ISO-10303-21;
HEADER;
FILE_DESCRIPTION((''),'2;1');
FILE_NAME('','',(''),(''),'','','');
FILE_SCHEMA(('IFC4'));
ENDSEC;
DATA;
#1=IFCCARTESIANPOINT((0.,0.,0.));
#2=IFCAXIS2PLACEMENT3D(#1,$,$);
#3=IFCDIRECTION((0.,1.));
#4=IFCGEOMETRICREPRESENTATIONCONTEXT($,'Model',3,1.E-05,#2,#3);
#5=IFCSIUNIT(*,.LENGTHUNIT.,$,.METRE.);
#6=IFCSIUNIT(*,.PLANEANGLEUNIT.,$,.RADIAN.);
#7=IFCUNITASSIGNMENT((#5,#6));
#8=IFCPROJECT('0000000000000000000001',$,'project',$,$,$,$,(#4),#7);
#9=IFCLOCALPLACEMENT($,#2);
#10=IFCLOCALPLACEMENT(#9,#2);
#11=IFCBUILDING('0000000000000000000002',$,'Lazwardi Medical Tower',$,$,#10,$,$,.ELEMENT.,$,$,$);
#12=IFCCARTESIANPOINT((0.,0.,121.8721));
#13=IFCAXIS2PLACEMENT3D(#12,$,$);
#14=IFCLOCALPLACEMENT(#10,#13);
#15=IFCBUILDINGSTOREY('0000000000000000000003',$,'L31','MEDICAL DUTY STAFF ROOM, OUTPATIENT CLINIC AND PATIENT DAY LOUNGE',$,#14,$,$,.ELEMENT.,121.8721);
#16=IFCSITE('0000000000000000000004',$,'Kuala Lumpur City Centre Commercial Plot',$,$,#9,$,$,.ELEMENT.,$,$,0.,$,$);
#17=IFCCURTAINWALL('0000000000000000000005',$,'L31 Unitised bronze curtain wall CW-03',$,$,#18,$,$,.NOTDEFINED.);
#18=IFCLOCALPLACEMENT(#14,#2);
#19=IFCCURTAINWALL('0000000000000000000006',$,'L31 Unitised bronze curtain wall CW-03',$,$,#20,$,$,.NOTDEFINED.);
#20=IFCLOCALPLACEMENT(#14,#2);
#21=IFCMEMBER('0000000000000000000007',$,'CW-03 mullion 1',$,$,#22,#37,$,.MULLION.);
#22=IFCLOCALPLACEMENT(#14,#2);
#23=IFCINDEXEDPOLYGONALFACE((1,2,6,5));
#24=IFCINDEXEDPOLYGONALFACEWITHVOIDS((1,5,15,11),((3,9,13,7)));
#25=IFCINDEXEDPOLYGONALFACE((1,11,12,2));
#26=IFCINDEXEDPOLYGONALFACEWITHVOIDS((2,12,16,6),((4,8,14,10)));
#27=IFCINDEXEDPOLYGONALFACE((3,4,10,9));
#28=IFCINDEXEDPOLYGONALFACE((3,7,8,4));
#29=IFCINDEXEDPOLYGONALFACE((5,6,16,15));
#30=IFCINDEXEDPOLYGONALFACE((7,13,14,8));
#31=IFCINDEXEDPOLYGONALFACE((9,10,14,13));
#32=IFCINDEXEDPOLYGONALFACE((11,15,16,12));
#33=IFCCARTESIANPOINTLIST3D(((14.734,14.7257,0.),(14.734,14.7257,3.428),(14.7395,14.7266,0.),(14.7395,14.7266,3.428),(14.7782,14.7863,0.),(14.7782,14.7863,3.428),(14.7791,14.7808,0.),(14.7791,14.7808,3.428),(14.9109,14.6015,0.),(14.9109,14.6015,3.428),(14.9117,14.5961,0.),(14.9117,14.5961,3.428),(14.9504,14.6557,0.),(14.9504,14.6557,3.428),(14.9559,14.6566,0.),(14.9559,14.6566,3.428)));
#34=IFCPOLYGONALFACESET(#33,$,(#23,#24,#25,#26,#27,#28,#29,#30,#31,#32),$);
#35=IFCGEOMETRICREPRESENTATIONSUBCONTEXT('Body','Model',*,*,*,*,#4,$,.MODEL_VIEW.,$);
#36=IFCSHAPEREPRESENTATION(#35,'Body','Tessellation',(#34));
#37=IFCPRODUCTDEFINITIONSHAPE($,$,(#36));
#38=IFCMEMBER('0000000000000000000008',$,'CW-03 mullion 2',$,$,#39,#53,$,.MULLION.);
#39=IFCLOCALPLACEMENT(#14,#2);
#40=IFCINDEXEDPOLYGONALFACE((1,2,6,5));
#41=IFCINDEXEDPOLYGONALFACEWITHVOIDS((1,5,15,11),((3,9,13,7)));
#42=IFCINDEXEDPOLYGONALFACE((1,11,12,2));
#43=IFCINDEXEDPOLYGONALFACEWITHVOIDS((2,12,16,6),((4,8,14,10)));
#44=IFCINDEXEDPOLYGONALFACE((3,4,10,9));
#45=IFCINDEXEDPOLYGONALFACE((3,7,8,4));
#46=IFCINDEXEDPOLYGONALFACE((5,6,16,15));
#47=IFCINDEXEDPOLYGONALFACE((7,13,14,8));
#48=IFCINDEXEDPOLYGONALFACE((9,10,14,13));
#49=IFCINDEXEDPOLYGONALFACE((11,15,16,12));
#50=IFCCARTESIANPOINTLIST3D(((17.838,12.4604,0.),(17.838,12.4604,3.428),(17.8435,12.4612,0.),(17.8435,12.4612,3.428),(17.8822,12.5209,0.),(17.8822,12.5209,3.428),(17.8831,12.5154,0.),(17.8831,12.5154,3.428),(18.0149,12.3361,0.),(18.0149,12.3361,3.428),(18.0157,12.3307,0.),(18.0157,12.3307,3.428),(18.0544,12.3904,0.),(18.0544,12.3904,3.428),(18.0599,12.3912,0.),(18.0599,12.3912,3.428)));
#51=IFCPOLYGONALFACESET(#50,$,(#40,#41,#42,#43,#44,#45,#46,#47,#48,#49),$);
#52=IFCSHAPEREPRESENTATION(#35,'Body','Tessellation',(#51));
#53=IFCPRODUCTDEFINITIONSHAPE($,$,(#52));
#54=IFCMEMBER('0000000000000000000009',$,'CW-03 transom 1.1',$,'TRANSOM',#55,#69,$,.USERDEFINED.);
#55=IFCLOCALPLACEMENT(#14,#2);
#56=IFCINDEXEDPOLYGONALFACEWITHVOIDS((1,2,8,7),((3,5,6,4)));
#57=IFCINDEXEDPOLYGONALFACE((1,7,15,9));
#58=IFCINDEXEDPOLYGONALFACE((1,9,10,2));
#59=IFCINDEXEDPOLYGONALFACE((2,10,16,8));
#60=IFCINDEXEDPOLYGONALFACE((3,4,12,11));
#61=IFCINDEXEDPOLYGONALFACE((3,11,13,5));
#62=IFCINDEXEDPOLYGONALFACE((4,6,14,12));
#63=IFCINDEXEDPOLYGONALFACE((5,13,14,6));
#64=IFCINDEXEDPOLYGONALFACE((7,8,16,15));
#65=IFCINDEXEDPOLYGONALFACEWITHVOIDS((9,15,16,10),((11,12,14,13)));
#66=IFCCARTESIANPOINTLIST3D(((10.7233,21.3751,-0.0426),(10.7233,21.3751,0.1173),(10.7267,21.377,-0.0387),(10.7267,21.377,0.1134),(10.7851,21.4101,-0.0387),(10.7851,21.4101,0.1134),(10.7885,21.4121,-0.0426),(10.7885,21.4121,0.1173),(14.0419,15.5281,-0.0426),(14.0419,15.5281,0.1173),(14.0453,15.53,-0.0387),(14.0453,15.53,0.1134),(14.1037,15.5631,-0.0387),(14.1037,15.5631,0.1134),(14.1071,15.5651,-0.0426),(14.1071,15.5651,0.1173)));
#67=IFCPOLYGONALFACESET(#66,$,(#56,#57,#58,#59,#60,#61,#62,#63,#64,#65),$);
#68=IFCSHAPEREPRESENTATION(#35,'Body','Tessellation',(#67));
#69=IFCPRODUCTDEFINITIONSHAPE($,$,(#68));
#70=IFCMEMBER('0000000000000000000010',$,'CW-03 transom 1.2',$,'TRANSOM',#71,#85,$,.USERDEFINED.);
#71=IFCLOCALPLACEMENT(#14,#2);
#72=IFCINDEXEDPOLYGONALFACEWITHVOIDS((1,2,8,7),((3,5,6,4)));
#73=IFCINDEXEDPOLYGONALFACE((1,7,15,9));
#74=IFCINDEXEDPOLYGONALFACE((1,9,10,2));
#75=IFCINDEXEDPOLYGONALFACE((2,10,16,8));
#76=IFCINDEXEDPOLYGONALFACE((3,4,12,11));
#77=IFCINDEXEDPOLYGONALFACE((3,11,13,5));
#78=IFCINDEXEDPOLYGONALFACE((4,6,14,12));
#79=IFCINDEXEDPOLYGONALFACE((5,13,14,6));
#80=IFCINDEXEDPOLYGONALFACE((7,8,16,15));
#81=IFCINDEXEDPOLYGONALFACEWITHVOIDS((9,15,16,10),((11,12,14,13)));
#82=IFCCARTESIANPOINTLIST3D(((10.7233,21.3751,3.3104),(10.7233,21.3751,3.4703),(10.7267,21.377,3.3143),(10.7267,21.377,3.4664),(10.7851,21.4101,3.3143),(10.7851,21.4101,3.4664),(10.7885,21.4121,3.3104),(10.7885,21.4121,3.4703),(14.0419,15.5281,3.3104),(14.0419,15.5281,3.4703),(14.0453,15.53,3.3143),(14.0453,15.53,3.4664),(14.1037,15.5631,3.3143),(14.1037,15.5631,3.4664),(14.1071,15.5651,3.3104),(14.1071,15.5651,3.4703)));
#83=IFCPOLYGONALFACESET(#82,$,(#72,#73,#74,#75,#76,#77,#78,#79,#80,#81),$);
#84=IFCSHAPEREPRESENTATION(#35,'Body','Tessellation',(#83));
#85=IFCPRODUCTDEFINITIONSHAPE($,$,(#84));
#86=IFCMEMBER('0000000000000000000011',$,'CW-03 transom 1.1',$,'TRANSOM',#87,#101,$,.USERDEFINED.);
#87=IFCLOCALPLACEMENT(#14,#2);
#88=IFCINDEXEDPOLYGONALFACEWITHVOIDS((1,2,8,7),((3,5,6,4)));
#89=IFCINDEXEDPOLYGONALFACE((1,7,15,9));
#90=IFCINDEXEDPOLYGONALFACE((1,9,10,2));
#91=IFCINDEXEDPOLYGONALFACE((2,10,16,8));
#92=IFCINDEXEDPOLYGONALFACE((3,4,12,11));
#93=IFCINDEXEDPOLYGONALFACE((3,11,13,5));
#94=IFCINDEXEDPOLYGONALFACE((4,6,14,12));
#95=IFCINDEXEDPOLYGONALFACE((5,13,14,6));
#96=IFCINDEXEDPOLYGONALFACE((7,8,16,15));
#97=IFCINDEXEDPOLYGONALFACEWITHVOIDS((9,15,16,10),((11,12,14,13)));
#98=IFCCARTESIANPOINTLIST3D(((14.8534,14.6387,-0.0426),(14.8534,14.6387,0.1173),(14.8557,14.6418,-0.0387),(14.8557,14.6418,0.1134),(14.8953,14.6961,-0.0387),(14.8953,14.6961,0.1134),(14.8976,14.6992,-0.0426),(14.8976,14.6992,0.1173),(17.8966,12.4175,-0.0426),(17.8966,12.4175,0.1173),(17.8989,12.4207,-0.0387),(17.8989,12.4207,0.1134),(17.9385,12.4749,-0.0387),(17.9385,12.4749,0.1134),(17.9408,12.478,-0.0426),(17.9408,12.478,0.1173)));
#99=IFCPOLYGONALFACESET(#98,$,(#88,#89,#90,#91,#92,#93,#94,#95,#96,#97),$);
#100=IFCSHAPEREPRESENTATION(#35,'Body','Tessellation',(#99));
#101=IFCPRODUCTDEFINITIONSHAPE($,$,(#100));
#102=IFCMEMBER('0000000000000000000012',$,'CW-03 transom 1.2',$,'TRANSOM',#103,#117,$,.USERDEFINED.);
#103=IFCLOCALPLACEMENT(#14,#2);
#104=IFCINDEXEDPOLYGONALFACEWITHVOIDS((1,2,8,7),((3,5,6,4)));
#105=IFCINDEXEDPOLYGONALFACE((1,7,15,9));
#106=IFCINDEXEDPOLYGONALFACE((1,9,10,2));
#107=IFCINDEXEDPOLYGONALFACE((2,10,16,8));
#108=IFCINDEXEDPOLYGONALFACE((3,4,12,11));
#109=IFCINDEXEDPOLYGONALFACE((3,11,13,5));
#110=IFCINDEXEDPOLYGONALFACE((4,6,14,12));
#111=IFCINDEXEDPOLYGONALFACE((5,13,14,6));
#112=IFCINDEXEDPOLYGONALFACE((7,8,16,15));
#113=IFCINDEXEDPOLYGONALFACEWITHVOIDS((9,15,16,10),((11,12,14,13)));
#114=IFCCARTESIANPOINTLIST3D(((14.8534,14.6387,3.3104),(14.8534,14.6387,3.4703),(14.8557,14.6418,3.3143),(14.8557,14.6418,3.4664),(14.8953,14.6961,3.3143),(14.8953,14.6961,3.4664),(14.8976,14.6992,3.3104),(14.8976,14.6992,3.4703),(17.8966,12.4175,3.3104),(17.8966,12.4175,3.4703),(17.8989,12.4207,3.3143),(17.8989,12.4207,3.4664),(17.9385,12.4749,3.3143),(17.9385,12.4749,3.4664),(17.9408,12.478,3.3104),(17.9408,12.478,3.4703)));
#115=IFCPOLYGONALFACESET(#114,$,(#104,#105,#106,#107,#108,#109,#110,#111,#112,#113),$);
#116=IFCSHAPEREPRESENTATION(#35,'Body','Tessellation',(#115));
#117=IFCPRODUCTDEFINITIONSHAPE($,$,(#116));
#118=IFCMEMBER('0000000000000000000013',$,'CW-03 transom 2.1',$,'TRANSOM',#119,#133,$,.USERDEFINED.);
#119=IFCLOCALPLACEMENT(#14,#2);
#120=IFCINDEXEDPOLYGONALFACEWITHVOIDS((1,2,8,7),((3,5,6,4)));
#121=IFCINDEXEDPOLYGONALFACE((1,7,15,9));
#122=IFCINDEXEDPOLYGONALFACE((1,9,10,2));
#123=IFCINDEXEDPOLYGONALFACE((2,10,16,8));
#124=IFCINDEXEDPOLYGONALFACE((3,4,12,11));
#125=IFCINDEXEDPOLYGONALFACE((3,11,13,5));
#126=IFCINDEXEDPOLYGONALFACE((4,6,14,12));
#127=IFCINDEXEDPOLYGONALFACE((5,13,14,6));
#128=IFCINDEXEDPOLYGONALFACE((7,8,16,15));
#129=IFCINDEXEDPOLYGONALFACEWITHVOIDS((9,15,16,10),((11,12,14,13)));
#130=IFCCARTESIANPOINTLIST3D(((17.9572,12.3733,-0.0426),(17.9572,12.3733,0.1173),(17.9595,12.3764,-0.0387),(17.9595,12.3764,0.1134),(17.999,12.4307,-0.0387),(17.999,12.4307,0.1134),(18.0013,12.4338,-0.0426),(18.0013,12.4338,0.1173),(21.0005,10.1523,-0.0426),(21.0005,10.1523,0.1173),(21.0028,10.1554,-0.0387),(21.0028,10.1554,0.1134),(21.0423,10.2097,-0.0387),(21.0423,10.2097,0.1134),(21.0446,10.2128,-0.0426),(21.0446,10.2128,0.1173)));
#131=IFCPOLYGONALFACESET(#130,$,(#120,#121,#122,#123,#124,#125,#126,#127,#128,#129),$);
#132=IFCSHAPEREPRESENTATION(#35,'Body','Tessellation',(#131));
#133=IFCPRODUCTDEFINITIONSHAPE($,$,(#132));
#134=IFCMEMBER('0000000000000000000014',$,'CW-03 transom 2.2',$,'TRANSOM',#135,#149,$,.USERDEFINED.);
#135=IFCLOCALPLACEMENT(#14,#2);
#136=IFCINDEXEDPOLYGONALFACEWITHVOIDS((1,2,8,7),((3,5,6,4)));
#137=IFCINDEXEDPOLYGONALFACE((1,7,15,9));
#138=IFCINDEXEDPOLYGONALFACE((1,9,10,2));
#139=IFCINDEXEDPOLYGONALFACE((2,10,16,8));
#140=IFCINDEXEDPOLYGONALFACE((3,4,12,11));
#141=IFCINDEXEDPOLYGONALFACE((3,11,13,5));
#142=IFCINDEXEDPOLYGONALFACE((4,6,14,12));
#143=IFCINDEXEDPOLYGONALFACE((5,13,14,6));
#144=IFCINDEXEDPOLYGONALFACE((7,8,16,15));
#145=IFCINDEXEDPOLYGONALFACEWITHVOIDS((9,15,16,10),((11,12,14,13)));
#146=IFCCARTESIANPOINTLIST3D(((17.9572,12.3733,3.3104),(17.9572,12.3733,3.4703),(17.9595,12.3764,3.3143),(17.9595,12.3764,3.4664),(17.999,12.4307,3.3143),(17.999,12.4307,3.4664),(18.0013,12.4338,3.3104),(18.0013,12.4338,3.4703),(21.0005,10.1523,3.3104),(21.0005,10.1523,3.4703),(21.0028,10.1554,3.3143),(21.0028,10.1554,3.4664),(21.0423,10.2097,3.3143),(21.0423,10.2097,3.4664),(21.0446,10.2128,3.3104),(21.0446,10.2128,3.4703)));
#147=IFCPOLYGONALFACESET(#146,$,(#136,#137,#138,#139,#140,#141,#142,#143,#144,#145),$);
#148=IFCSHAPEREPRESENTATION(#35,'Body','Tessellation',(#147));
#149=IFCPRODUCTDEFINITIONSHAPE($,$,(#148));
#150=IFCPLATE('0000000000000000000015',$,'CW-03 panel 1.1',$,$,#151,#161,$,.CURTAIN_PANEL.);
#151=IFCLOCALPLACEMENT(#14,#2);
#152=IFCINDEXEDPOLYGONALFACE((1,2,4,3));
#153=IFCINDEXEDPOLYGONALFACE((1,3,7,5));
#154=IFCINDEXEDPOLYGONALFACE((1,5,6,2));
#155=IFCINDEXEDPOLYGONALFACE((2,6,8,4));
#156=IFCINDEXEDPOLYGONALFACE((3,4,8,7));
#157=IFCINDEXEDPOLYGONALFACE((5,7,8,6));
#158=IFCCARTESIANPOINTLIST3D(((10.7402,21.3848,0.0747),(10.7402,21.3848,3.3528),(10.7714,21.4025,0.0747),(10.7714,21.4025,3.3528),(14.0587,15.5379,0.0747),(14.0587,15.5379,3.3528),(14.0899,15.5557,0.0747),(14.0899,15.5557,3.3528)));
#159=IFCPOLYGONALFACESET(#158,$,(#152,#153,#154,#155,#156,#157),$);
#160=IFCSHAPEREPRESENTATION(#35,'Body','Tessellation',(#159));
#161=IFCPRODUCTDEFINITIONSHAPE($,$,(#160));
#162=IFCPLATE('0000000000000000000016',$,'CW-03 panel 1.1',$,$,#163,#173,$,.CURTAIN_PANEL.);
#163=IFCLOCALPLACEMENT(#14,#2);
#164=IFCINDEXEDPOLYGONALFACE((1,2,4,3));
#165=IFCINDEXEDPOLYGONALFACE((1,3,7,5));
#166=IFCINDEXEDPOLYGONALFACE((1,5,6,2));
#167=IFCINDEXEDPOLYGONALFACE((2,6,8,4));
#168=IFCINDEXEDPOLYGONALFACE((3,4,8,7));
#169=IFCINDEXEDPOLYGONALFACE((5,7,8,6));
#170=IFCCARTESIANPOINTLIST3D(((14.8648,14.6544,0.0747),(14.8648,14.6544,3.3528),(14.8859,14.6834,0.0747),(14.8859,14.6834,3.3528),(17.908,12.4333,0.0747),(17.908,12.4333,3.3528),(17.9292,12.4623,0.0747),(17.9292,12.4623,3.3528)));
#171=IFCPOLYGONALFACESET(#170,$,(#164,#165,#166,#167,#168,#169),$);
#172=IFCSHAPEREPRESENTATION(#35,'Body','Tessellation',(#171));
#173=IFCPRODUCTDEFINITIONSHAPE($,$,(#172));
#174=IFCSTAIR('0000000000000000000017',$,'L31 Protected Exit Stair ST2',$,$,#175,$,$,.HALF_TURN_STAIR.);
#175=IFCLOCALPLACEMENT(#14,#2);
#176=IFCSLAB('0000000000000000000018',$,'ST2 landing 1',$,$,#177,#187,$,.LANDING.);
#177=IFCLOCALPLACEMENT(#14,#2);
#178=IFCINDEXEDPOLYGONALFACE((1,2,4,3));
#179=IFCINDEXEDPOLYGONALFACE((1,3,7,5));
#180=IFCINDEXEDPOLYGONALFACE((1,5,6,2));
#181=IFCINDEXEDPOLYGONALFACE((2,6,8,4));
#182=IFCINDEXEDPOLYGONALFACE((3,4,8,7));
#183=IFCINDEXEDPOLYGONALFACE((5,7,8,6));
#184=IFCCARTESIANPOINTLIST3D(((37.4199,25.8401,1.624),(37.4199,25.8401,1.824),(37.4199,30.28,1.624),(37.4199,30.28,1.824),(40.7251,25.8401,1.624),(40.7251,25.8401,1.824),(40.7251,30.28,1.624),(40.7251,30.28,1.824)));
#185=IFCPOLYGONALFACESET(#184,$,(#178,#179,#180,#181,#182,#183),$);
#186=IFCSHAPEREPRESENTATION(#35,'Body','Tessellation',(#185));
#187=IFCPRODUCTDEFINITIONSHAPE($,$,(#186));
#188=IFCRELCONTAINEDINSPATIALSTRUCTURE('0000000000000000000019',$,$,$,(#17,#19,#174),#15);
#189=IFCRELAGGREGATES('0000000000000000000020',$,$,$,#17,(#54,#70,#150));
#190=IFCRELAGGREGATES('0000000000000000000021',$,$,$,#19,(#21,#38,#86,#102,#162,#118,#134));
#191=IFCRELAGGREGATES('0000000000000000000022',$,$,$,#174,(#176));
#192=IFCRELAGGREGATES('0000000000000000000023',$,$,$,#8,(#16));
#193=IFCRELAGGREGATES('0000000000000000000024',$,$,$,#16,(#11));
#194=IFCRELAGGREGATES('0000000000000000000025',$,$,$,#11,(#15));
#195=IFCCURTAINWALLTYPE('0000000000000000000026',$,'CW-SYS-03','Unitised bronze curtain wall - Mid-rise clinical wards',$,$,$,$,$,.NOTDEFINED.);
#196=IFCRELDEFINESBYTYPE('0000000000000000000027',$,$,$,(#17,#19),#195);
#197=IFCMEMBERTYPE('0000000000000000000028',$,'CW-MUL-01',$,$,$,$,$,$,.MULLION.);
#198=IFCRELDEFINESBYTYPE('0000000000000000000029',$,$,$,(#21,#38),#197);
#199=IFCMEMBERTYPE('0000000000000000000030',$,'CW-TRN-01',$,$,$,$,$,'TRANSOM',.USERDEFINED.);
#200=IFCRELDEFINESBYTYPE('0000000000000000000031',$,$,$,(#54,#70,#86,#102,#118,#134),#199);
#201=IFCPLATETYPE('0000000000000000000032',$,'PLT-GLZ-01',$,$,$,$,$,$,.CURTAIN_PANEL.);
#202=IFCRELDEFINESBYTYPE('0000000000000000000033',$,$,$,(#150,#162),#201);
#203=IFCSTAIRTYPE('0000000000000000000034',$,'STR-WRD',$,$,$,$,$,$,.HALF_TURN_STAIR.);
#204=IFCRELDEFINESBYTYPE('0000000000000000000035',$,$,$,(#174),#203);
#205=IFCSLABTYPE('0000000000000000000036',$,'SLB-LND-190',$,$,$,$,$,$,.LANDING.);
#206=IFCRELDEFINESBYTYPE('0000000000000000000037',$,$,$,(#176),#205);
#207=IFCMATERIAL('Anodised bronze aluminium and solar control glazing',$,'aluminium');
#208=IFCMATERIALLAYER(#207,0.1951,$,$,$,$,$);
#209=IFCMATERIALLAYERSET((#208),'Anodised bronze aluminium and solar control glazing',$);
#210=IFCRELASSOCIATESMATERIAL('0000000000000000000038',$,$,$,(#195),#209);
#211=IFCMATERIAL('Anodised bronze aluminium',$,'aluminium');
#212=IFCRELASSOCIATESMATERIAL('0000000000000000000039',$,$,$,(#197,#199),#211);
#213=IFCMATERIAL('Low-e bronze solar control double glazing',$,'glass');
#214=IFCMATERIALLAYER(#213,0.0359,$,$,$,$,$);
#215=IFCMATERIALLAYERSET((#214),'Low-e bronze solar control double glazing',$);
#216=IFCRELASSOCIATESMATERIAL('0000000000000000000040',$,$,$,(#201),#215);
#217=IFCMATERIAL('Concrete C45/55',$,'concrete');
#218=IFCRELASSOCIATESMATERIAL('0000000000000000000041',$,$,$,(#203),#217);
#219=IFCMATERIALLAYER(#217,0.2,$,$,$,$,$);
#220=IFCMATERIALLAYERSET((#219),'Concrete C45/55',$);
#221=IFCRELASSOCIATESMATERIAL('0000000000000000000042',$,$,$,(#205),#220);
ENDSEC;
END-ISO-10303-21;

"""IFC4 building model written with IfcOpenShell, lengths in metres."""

from ifc_helpers import new_model, si_unit, direction, frame, origin, origin_2d, place, context, subcontext, project, spatial, polyline, rectangle, hollow_rectangle, outline, extrude, material, layer, layer_set, material_profile, profile_set, type_object, element, aggregate, save


model = new_model("IFC4")

# Units and contexts
model_context = context("Model", 3, precision=1e-05, world=origin(), true_north=direction((0.0, 1.0)))
body_context = subcontext(model_context, "Body", "Model", "MODEL_VIEW")
ifc_project = project(units=[si_unit("LENGTHUNIT", "METRE"), si_unit("PLANEANGLEUNIT", "RADIAN")], contexts=[model_context])

# Site, building, storey
site_placement = place(None, origin())
site = spatial("IfcSite", under=ifc_project, at=site_placement, Name="Kuala Lumpur City Centre Commercial Plot", CompositionType="ELEMENT", RefElevation=0.0)
building_placement = place(site_placement, origin())
building = spatial("IfcBuilding", under=site, at=building_placement, Name="Lazwardi Medical Tower", CompositionType="ELEMENT")
storey_placement = place(building_placement, frame((0.0, 0.0, 121.8721)))
storey = spatial("IfcBuildingStorey", under=building, at=storey_placement, Name="L31", Description="MEDICAL DUTY STAFF ROOM, OUTPATIENT CLINIC AND PATIENT DAY LOUNGE", CompositionType="ELEMENT", Elevation=121.8721)

# Curtain walls, members
ifc_material_1 = material(Name="Anodised bronze aluminium and solar control glazing", Category="aluminium")
ifc_layer_1 = layer(ifc_material_1, 0.1951)
ifc_layer_set_1 = layer_set([ifc_layer_1], Name="Anodised bronze aluminium and solar control glazing")
curtain_wall_type = type_object("IfcCurtainWallType", Name="CW-SYS-03", Description="Unitised bronze curtain wall - Mid-rise clinical wards", PredefinedType="NOTDEFINED", material=ifc_layer_set_1)
curtain_wall_1_placement = place(storey_placement, origin())
curtain_wall_1 = element("IfcCurtainWall", 1, at=curtain_wall_1_placement, inside=storey, type_object=curtain_wall_type, Name="L31 Unitised bronze curtain wall CW-03", PredefinedType="NOTDEFINED")
ifc_material_2 = material(Name="Anodised bronze aluminium", Category="aluminium")
ifc_material_profile_1 = material_profile(ifc_material_2, hollow_rectangle(XDim=0.075, YDim=0.22, WallThickness=0.0039, at=origin_2d()), Name="ALU-MULLION 220x75x4")
ifc_profile_set_1 = profile_set([ifc_material_profile_1], Name="Anodised bronze aluminium")
member_type_1 = type_object("IfcMemberType", Name="CW-MUL-01", PredefinedType="MULLION", material=ifc_profile_set_1)
curtain_wall_2_placement = place(storey_placement, origin())
curtain_wall_2 = element("IfcCurtainWall", 2, at=curtain_wall_2_placement, inside=storey, type_object=curtain_wall_type, Name="L31 Unitised bronze curtain wall CW-03", PredefinedType="NOTDEFINED")
member_1_placement = place(storey_placement, frame((14.845, 14.6912, 0.0), z_axis=(0.0, 0.0, 1.0), x_axis=(0.589531, 0.807746, 0.0)))
member_1 = element("IfcMember", 3, at=member_1_placement, type_object=member_type_1, Name="CW-03 mullion 1", PredefinedType="MULLION", context=body_context, shape_type="SweptSolid", body=[
    extrude(hollow_rectangle(XDim=0.075, YDim=0.22, WallThickness=0.0039, at=origin_2d()), origin(), (0.0, 0.0, 1.0), 3.428),
])
member_2_placement = place(storey_placement, frame((17.949, 12.4258, 0.0), z_axis=(0.0, 0.0, 1.0), x_axis=(0.589531, 0.807746, 0.0)))
member_2 = element("IfcMember", 4, at=member_2_placement, type_object=member_type_1, Name="CW-03 mullion 2", PredefinedType="MULLION", context=body_context, shape_type="SweptSolid", body=[
    extrude(hollow_rectangle(XDim=0.075, YDim=0.22, WallThickness=0.0039, at=origin_2d()), origin(), (0.0, 0.0, 1.0), 3.428),
])

# Members
ifc_material_profile_2 = material_profile(ifc_material_2, hollow_rectangle(XDim=0.075, YDim=0.1599, WallThickness=0.0039, at=origin_2d()), Name="ALU-TRANSOM 160x75x4")
ifc_profile_set_2 = profile_set([ifc_material_profile_2], Name="Anodised bronze aluminium")
member_type_2 = type_object("IfcMemberType", Name="CW-TRN-01", ElementType="TRANSOM", PredefinedType="USERDEFINED", material=ifc_profile_set_2)
member_3_placement = place(storey_placement, frame((10.7559, 21.3936, 0.0374), z_axis=(0.493614, -0.869681, 0.0), x_axis=(0.869681, 0.493614, 0.0)))
member_3 = element("IfcMember", 5, at=member_3_placement, type_object=member_type_2, Name="CW-03 transom 1.1", ObjectType="TRANSOM", PredefinedType="USERDEFINED", context=body_context, shape_type="SweptSolid", body=[
    extrude(hollow_rectangle(XDim=0.075, YDim=0.1599, WallThickness=0.0039, at=origin_2d()), origin(), (0.0, 0.0, 1.0), 6.7231),
])
member_4_placement = place(storey_placement, frame((10.7559, 21.3936, 3.3904), z_axis=(0.493614, -0.869681, 0.0), x_axis=(0.869681, 0.493614, 0.0)))
member_4 = element("IfcMember", 6, at=member_4_placement, type_object=member_type_2, Name="CW-03 transom 1.2", ObjectType="TRANSOM", PredefinedType="USERDEFINED", context=body_context, shape_type="SweptSolid", body=[
    extrude(hollow_rectangle(XDim=0.075, YDim=0.1599, WallThickness=0.0039, at=origin_2d()), origin(), (0.0, 0.0, 1.0), 6.7231),
])
member_5_placement = place(storey_placement, frame((14.8755, 14.6689, 0.0374), z_axis=(0.807732, -0.58955, 0.0), x_axis=(0.58955, 0.807732, 0.0)))
member_5 = element("IfcMember", 7, at=member_5_placement, type_object=member_type_2, Name="CW-03 transom 1.1", ObjectType="TRANSOM", PredefinedType="USERDEFINED", context=body_context, shape_type="SweptSolid", body=[
    extrude(hollow_rectangle(XDim=0.075, YDim=0.1599, WallThickness=0.0039, at=origin_2d()), origin(), (0.0, 0.0, 1.0), 3.7676),
])
member_6_placement = place(storey_placement, frame((14.8755, 14.6689, 3.3904), z_axis=(0.807732, -0.58955, 0.0), x_axis=(0.58955, 0.807732, 0.0)))
member_6 = element("IfcMember", 8, at=member_6_placement, type_object=member_type_2, Name="CW-03 transom 1.2", ObjectType="TRANSOM", PredefinedType="USERDEFINED", context=body_context, shape_type="SweptSolid", body=[
    extrude(hollow_rectangle(XDim=0.075, YDim=0.1599, WallThickness=0.0039, at=origin_2d()), origin(), (0.0, 0.0, 1.0), 3.7676),
])
member_7_placement = place(storey_placement, frame((17.9792, 12.4036, 0.0374), z_axis=(0.807763, -0.589508, 0.0), x_axis=(0.589508, 0.807763, 0.0)))
member_7 = element("IfcMember", 9, at=member_7_placement, type_object=member_type_2, Name="CW-03 transom 2.1", ObjectType="TRANSOM", PredefinedType="USERDEFINED", context=body_context, shape_type="SweptSolid", body=[
    extrude(hollow_rectangle(XDim=0.075, YDim=0.1599, WallThickness=0.0039, at=origin_2d()), origin(), (0.0, 0.0, 1.0), 3.7676),
])
member_8_placement = place(storey_placement, frame((17.9792, 12.4036, 3.3904), z_axis=(0.807763, -0.589508, 0.0), x_axis=(0.589508, 0.807763, 0.0)))
member_8 = element("IfcMember", 10, at=member_8_placement, type_object=member_type_2, Name="CW-03 transom 2.2", ObjectType="TRANSOM", PredefinedType="USERDEFINED", context=body_context, shape_type="SweptSolid", body=[
    extrude(hollow_rectangle(XDim=0.075, YDim=0.1599, WallThickness=0.0039, at=origin_2d()), origin(), (0.0, 0.0, 1.0), 3.7676),
])

# Plates
ifc_material_3 = material(Name="Low-e bronze solar control double glazing", Category="glass")
ifc_layer_2 = layer(ifc_material_3, 0.0359)
ifc_layer_set_2 = layer_set([ifc_layer_2], Name="Low-e bronze solar control double glazing")
plate_type = type_object("IfcPlateType", Name="PLT-GLZ-01", PredefinedType="CURTAIN_PANEL", material=ifc_layer_set_2)
plate_1_placement = place(storey_placement, frame((12.415, 18.4702, 0.0747), z_axis=(0.0, 0.0, 1.0), x_axis=(0.493603, -0.869687, 0.0)))
plate_1 = element("IfcPlate", 11, at=plate_1_placement, type_object=plate_type, Name="CW-03 panel 1.1", PredefinedType="CURTAIN_PANEL", context=body_context, shape_type="SweptSolid", body=[
    extrude(rectangle(XDim=6.7229, YDim=0.0359, at=origin_2d()), origin(), (0.0, 0.0, 1.0), 3.2781),
])
aggregate(curtain_wall_1, [member_3, member_4, plate_1])
plate_2_placement = place(storey_placement, frame((16.397, 13.5583, 0.0747), z_axis=(0.0, 0.0, 1.0), x_axis=(0.807746, -0.589531, 0.0)))
plate_2 = element("IfcPlate", 12, at=plate_2_placement, type_object=plate_type, Name="CW-03 panel 1.1", PredefinedType="CURTAIN_PANEL", context=body_context, shape_type="SweptSolid", body=[
    extrude(rectangle(XDim=3.7676, YDim=0.0359, at=origin_2d()), origin(), (0.0, 0.0, 1.0), 3.2781),
])
aggregate(curtain_wall_2, [member_1, member_2, member_5, member_6, plate_2, member_7, member_8])

# Stair, slab
ifc_material_4 = material(Name="Concrete C45/55", Category="concrete")
stair_type = type_object("IfcStairType", Name="STR-WRD", PredefinedType="HALF_TURN_STAIR", material=ifc_material_4)
stair_1_placement = place(storey_placement, origin())
stair_1 = element("IfcStair", 13, at=stair_1_placement, inside=storey, type_object=stair_type, Name="L31 Protected Exit Stair ST2", PredefinedType="HALF_TURN_STAIR")
ifc_layer_3 = layer(ifc_material_4, 0.2)
ifc_layer_set_3 = layer_set([ifc_layer_3], Name="Concrete C45/55")
slab_type = type_object("IfcSlabType", Name="SLB-LND-190", PredefinedType="LANDING", material=ifc_layer_set_3)
slab_1_placement = place(storey_placement, frame((0.0, 0.0, 1.624)))
slab_1 = element("IfcSlab", 14, at=slab_1_placement, type_object=slab_type, Name="ST2 landing 1", PredefinedType="LANDING", context=body_context, shape_type="SweptSolid", body=[
    extrude(outline(polyline([(40.7251, 30.28), (37.4199, 30.28), (37.4199, 25.8401), (40.7251, 25.8401), (40.7251, 30.28)])), origin(), (0.0, 0.0, 1.0), 0.2),
])
aggregate(stair_1, [slab_1])

save(model, "model.ifc")
